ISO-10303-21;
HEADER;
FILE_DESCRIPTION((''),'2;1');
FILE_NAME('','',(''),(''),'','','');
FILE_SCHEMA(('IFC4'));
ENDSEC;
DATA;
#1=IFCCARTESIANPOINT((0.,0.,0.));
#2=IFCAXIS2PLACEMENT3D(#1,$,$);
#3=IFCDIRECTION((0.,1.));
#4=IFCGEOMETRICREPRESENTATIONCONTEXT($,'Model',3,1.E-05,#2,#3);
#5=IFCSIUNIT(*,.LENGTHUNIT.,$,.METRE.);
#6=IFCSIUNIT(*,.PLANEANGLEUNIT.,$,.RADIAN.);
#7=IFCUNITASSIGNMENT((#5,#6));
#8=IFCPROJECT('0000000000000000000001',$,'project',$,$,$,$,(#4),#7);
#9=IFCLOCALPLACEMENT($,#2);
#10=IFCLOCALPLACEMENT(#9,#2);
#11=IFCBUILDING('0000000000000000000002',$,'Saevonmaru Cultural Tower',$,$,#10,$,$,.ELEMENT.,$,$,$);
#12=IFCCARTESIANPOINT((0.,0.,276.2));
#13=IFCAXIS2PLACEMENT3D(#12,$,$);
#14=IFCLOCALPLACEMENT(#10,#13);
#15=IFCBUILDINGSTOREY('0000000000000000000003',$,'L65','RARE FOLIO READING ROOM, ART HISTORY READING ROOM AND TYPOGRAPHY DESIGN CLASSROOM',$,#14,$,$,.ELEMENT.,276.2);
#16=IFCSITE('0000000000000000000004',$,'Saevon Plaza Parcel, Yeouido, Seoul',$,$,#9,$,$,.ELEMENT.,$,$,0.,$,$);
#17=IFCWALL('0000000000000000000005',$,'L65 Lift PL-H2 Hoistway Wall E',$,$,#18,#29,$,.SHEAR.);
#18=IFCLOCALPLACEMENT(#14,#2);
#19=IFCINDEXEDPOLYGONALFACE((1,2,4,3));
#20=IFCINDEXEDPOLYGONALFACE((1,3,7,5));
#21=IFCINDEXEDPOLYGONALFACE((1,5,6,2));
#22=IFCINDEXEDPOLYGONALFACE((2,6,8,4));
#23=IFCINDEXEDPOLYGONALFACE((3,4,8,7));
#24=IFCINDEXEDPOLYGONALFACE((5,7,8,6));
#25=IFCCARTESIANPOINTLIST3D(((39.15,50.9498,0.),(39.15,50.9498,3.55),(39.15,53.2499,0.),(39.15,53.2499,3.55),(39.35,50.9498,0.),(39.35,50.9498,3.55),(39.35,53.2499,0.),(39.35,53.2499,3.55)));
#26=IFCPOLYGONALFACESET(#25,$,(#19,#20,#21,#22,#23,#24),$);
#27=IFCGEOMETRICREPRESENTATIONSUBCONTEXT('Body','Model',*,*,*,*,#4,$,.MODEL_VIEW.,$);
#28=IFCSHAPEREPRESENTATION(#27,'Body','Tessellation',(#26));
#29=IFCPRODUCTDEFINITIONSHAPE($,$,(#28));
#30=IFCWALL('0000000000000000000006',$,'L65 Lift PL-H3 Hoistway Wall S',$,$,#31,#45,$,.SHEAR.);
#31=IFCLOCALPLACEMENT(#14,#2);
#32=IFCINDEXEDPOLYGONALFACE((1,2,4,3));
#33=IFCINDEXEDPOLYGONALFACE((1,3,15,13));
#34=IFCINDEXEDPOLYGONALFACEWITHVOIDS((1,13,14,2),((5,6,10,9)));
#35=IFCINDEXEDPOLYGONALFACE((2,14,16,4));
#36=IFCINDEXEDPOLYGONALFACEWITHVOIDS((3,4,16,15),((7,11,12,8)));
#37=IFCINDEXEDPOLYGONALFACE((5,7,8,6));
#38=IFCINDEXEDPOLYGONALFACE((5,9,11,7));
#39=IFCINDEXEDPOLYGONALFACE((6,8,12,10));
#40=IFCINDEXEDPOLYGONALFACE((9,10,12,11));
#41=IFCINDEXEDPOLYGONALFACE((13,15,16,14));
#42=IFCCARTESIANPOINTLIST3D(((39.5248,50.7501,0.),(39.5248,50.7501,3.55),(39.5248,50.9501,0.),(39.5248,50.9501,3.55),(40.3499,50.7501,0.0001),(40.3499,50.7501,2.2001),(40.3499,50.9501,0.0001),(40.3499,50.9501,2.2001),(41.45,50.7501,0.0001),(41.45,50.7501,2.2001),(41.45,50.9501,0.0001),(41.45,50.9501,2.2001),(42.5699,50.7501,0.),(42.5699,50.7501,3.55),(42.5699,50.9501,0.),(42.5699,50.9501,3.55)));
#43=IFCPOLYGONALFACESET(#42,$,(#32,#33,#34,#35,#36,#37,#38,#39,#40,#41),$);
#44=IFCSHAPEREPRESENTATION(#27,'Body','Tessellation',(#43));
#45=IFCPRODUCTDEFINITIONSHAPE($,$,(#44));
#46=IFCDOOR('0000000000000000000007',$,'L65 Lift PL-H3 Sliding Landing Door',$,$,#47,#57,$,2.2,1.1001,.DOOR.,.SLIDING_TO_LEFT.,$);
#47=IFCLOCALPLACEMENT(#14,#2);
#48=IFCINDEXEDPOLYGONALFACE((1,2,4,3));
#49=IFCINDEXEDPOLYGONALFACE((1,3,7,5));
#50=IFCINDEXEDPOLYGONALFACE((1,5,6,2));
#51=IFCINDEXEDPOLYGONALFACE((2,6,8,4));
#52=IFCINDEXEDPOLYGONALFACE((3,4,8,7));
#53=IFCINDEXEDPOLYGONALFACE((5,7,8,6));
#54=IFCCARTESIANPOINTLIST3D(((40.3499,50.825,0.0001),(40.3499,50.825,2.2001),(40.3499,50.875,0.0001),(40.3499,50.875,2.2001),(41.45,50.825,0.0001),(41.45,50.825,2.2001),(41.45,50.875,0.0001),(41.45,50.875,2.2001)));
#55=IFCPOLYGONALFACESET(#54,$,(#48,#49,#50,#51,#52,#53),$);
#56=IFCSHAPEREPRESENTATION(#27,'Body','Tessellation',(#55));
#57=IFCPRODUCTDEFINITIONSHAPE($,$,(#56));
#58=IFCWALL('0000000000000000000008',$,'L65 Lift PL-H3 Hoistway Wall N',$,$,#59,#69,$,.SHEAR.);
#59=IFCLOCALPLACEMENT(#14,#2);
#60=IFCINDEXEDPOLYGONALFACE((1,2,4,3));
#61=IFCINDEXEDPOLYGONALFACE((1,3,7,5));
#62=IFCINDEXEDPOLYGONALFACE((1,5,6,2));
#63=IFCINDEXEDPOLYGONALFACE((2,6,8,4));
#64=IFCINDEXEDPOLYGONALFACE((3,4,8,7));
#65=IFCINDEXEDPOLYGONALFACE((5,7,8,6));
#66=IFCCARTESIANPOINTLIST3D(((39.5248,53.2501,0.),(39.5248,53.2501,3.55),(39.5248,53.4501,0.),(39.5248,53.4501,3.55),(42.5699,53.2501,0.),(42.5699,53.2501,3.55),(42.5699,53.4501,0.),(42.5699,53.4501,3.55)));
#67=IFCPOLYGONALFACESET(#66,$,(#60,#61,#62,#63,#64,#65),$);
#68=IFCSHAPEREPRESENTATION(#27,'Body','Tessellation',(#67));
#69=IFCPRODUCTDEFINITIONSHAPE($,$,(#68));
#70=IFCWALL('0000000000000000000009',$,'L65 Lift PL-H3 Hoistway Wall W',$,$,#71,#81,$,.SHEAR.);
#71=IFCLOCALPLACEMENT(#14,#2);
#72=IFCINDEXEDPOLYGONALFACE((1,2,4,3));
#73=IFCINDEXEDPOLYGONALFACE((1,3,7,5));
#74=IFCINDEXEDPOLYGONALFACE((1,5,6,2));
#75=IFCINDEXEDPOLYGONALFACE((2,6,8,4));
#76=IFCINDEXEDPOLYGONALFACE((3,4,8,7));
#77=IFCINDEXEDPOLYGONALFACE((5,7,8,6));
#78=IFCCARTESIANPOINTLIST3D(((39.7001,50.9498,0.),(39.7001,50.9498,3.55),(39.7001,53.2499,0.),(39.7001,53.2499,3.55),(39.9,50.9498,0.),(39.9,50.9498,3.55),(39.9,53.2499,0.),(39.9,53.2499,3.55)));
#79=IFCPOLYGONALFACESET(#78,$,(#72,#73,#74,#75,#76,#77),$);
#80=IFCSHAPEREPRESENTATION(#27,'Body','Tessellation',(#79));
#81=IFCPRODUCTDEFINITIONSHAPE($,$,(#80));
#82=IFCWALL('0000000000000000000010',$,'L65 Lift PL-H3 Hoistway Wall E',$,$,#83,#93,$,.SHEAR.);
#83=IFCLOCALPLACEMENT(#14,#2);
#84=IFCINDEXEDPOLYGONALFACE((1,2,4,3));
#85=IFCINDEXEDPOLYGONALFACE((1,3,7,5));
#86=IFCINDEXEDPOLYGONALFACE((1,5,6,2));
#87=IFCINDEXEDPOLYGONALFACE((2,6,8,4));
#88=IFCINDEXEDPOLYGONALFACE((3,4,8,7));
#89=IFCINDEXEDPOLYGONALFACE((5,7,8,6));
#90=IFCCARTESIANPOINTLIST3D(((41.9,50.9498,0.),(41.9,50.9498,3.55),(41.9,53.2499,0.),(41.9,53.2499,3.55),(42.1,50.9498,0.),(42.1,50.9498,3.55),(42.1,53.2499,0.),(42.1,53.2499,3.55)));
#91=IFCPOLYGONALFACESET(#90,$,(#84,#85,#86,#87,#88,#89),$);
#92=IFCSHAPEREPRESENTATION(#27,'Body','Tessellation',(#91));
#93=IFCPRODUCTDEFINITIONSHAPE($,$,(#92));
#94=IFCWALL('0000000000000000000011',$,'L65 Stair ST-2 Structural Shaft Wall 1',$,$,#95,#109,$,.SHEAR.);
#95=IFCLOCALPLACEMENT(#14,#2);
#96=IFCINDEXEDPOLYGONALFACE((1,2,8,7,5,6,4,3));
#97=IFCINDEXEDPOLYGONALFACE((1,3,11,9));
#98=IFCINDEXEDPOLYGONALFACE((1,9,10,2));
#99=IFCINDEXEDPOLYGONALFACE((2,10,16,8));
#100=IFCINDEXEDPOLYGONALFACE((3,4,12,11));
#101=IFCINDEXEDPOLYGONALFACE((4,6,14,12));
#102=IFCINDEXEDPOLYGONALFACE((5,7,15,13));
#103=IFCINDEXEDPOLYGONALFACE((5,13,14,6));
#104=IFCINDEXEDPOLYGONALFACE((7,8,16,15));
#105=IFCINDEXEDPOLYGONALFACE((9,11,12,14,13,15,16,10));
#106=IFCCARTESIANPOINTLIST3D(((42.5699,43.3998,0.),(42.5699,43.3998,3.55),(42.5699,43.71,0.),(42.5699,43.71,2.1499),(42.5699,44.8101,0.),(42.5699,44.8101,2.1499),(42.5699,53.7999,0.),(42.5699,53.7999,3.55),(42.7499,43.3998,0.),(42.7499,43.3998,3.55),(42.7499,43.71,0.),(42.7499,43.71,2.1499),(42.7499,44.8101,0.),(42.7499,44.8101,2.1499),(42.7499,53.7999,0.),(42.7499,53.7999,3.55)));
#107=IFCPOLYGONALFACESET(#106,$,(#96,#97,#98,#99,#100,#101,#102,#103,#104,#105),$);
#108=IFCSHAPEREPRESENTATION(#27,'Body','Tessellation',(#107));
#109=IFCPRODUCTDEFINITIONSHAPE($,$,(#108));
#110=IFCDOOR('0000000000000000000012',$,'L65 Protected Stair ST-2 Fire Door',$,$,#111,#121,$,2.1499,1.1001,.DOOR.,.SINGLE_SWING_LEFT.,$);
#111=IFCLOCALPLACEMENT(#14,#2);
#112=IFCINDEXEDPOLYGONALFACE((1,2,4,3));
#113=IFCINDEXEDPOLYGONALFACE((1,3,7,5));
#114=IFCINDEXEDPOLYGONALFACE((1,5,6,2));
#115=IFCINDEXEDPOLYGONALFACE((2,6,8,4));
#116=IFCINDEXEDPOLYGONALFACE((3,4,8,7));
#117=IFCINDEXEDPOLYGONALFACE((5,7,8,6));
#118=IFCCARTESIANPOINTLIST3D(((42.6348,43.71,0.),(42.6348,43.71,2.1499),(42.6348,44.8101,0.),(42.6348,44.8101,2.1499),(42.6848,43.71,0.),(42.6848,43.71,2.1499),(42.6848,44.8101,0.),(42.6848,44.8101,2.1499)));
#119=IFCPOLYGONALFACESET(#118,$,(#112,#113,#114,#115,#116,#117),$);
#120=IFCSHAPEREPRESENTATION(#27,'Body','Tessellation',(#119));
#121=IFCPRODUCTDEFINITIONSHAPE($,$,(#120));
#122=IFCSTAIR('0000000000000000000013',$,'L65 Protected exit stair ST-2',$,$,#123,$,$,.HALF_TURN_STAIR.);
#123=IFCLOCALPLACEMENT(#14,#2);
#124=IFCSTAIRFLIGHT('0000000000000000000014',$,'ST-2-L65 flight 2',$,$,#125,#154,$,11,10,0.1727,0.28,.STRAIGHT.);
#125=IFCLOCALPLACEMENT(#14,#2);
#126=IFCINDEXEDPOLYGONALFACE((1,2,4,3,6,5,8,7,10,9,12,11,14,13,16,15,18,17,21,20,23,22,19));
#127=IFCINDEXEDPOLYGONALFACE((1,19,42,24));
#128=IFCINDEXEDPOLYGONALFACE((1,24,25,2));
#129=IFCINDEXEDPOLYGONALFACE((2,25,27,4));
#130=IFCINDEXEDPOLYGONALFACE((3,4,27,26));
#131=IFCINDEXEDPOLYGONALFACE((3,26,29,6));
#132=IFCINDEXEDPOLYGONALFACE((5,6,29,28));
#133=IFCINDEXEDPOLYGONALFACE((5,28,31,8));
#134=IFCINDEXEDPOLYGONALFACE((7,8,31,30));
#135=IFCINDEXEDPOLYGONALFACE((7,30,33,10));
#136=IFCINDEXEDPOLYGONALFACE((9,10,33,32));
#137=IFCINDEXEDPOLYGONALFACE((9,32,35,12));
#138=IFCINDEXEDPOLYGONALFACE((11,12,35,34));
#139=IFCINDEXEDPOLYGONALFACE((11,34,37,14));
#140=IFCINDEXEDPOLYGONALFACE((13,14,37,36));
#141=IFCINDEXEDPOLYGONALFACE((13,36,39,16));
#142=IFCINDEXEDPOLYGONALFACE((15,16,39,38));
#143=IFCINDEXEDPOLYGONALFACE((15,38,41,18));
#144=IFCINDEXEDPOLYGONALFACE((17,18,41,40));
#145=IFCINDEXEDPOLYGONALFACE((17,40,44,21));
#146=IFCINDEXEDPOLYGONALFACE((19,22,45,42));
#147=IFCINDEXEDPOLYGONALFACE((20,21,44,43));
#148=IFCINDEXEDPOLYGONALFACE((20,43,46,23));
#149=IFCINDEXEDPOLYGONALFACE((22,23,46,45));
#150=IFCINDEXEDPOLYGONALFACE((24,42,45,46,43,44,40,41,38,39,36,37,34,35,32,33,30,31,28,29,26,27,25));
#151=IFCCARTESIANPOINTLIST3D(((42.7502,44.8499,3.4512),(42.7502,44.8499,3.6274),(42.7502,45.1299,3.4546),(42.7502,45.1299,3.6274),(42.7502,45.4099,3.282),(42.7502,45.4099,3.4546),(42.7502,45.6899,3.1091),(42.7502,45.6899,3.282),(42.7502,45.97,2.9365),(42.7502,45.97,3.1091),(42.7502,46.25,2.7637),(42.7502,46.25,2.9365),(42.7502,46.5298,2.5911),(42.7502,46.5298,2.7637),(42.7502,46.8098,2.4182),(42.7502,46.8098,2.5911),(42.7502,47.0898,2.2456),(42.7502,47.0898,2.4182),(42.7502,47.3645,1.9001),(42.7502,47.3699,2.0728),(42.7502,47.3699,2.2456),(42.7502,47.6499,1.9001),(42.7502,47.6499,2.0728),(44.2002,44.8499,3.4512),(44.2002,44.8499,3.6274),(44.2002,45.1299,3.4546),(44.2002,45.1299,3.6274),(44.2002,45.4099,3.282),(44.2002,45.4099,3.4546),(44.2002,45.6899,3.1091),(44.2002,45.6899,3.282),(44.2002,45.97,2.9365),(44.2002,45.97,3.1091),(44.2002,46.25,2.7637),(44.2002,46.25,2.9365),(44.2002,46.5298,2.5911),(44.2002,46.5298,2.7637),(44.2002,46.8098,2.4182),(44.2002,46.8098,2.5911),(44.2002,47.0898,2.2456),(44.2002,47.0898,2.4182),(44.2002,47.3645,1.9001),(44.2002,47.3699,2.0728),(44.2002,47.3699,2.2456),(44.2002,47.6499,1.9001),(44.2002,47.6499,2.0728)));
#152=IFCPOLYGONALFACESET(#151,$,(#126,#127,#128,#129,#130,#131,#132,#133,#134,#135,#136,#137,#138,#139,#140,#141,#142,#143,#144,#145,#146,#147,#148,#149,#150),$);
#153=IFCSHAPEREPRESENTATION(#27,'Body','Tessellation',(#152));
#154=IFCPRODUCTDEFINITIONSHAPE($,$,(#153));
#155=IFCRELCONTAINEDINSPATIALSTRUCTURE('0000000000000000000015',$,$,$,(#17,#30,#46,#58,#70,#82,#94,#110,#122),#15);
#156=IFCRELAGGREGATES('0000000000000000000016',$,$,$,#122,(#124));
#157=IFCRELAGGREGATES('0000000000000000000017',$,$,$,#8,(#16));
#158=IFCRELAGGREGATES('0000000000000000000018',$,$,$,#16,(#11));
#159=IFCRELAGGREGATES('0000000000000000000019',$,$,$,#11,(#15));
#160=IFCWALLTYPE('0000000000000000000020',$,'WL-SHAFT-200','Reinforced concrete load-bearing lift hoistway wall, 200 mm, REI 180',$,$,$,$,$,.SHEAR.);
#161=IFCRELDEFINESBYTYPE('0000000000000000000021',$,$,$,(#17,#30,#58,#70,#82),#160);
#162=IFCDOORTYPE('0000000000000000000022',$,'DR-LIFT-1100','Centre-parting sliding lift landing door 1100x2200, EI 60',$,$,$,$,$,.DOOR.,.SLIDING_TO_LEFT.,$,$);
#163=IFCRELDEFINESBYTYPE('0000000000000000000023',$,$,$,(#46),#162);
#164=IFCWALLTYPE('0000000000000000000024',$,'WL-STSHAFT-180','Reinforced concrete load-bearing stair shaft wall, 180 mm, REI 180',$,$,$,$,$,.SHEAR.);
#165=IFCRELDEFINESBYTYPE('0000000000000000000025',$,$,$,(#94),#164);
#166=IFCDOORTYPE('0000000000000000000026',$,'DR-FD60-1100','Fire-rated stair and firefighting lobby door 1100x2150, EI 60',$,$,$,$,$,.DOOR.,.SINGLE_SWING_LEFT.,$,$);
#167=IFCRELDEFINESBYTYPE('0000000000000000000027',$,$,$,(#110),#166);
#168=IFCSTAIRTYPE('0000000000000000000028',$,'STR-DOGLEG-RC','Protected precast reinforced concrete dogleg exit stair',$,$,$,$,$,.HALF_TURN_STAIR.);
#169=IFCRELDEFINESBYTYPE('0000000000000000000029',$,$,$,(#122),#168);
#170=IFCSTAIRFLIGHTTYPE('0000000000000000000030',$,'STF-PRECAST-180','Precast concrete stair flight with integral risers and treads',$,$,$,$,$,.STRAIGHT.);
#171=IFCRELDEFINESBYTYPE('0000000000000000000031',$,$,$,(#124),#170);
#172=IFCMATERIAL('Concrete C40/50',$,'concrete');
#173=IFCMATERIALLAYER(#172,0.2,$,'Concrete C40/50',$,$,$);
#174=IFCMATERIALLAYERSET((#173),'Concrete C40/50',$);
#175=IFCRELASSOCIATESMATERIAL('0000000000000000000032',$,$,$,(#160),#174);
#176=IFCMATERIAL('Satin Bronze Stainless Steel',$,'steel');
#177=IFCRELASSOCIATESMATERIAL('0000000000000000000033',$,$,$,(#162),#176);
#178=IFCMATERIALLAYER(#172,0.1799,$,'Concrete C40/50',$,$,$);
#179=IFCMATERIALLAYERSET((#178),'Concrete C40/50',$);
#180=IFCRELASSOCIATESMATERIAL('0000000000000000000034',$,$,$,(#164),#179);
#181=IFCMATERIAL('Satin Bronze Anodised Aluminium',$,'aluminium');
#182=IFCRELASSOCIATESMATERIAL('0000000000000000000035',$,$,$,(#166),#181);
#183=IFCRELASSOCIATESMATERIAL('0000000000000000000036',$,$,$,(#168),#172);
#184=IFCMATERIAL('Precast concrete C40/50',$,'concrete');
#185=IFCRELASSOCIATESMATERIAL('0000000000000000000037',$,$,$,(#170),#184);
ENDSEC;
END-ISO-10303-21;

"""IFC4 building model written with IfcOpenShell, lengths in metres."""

from ifc_helpers import new_model, si_unit, direction, frame, frame_2d, origin, place, context, subcontext, project, spatial, polyline, rectangle, outline, extrude, material, layer, layer_set, type_object, element, fill, aggregate, save


model = new_model("IFC4")

# Units and contexts
model_context = context("Model", 3, precision=1e-05, world=origin(), true_north=direction((0.0, 1.0)))
body_context = subcontext(model_context, "Body", "Model", "MODEL_VIEW")
ifc_project = project(units=[si_unit("LENGTHUNIT", "METRE"), si_unit("PLANEANGLEUNIT", "RADIAN")], contexts=[model_context])

# Site, building, storey
site_placement = place(None, origin())
site = spatial("IfcSite", under=ifc_project, at=site_placement, Name="Saevon Plaza Parcel, Yeouido, Seoul", CompositionType="ELEMENT", RefElevation=0.0)
building_placement = place(site_placement, origin())
building = spatial("IfcBuilding", under=site, at=building_placement, Name="Saevonmaru Cultural Tower", CompositionType="ELEMENT")
storey_placement = place(building_placement, frame((0.0, 0.0, 276.2)))
storey = spatial("IfcBuildingStorey", under=building, at=storey_placement, Name="L65", Description="RARE FOLIO READING ROOM, ART HISTORY READING ROOM AND TYPOGRAPHY DESIGN CLASSROOM", CompositionType="ELEMENT", Elevation=276.2)

# Shared definitions
ifc_material_1 = material(Name="Satin Bronze Anodised Aluminium", Category="aluminium")

# Shared definitions
ifc_material_2 = material(Name="Concrete C40/50", Category="concrete")
ifc_layer_1 = layer(ifc_material_2, 0.2, Name="Concrete C40/50")
ifc_layer_set_1 = layer_set([ifc_layer_1], Name="Concrete C40/50")
wall_type_1 = type_object("IfcWallType", Name="WL-SHAFT-200", Description="Reinforced concrete load-bearing lift hoistway wall, 200 mm, REI 180", PredefinedType="SHEAR", material=ifc_layer_set_1)
ifc_material_3 = material(Name="Satin Bronze Stainless Steel", Category="steel")
door_type_1 = type_object("IfcDoorType", Name="DR-LIFT-1100", Description="Centre-parting sliding lift landing door 1100x2200, EI 60", OperationType="SLIDING_TO_LEFT", PredefinedType="DOOR", material=ifc_material_3)

# Wall
for number, where, z_axis, x_axis, name in (
    (1, (39.25, 50.95, 0.0), (0.0, 0.0, 1.0), (0.0, 1.0, 0.0), "L65 Lift PL-H2 Hoistway Wall E"),
):
    element("IfcWall", number, at=place(storey_placement, frame(where, z_axis=z_axis, x_axis=x_axis)), inside=storey, type_object=wall_type_1, Name=name, PredefinedType="SHEAR", context=body_context, shape_type="SweptSolid", body=[
        extrude(rectangle(XDim=2.3, YDim=0.2, at=frame_2d((1.1499, 0.0))), origin(), (0.0, 0.0, 1.0), 3.55),
    ])

# Wall, opening, door
wall_1_placement = place(storey_placement, frame((39.5249, 50.8501, 0.0), z_axis=(0.0, 0.0, 1.0), x_axis=(1.0, 0.0, 0.0)))
wall_1 = element("IfcWall", 2, at=wall_1_placement, inside=storey, type_object=wall_type_1, Name="L65 Lift PL-H3 Hoistway Wall S", PredefinedType="SHEAR", context=body_context, shape_type="SweptSolid", body=[
    extrude(rectangle(XDim=3.0452, YDim=0.2, at=frame_2d((1.5225, 0.0))), origin(), (0.0, 0.0, 1.0), 3.55),
])
opening_1_placement = place(wall_1_placement, frame((0.825, 0.0, 0.0)))
opening_1 = element("IfcOpeningElement", 3, at=opening_1_placement, cuts=wall_1, PredefinedType="OPENING", context=body_context, shape_type="SweptSolid", body=[
    extrude(rectangle(XDim=1.1001, YDim=2.2, at=frame_2d((0.55, 1.1001))), frame((0.0, 0.1099, 0.0), z_axis=(0.0, -1.0, 0.0), x_axis=(1.0, 0.0, 0.0)), (0.0, 0.0, 1.0), 0.22),
])
door_1_placement = place(opening_1_placement, origin())
door_1 = element("IfcDoor", 4, at=door_1_placement, inside=storey, type_object=door_type_1, Name="L65 Lift PL-H3 Sliding Landing Door", OperationType="SLIDING_TO_LEFT", OverallHeight=2.2, OverallWidth=1.1001, PredefinedType="DOOR", context=body_context, shape_type="SweptSolid", body=[
    extrude(rectangle(XDim=1.1001, YDim=2.2, at=frame_2d((0.55, 1.1001))), frame((0.0, 0.0249, 0.0), z_axis=(0.0, -1.0, 0.0), x_axis=(1.0, 0.0, 0.0)), (0.0, 0.0, 1.0), 0.05),
])
fill(opening_1, door_1)

# Walls
wall_2_placement = place(storey_placement, frame((39.5249, 53.3501, 0.0), z_axis=(0.0, 0.0, 1.0), x_axis=(1.0, 0.0, 0.0)))
element("IfcWall", 5, at=wall_2_placement, inside=storey, type_object=wall_type_1, Name="L65 Lift PL-H3 Hoistway Wall N", PredefinedType="SHEAR", context=body_context, shape_type="SweptSolid", body=[
    extrude(rectangle(XDim=3.0452, YDim=0.2, at=frame_2d((1.5225, 0.0))), origin(), (0.0, 0.0, 1.0), 3.55),
])
for number, where, z_axis, x_axis, name in (
    (6, (39.8, 50.95, 0.0), (0.0, 0.0, 1.0), (0.0, 1.0, 0.0), "L65 Lift PL-H3 Hoistway Wall W"),
    (7, (42.0, 50.95, 0.0), (0.0, 0.0, 1.0), (0.0, 1.0, 0.0), "L65 Lift PL-H3 Hoistway Wall E"),
):
    element("IfcWall", number, at=place(storey_placement, frame(where, z_axis=z_axis, x_axis=x_axis)), inside=storey, type_object=wall_type_1, Name=name, PredefinedType="SHEAR", context=body_context, shape_type="SweptSolid", body=[
        extrude(rectangle(XDim=2.3, YDim=0.2, at=frame_2d((1.1499, 0.0))), origin(), (0.0, 0.0, 1.0), 3.55),
    ])

# Wall, opening, door
ifc_layer_2 = layer(ifc_material_2, 0.1799, Name="Concrete C40/50")
ifc_layer_set_2 = layer_set([ifc_layer_2], Name="Concrete C40/50")
wall_type_2 = type_object("IfcWallType", Name="WL-STSHAFT-180", Description="Reinforced concrete load-bearing stair shaft wall, 180 mm, REI 180", PredefinedType="SHEAR", material=ifc_layer_set_2)
wall_3_placement = place(storey_placement, frame((42.6599, 53.8, 0.0), z_axis=(0.0, 0.0, 1.0), x_axis=(0.0, -1.0, 0.0)))
wall_3 = element("IfcWall", 8, at=wall_3_placement, inside=storey, type_object=wall_type_2, Name="L65 Stair ST-2 Structural Shaft Wall 1", PredefinedType="SHEAR", context=body_context, shape_type="SweptSolid", body=[
    extrude(rectangle(XDim=10.4001, YDim=0.1799, at=frame_2d((5.2002, 0.0))), origin(), (0.0, 0.0, 1.0), 3.55),
])
opening_2_placement = place(wall_3_placement, frame((8.99, 0.0, 0.0)))
opening_2 = element("IfcOpeningElement", 9, at=opening_2_placement, cuts=wall_3, PredefinedType="OPENING", context=body_context, shape_type="SweptSolid", body=[
    extrude(rectangle(XDim=1.1001, YDim=2.1499, at=frame_2d((0.55, 1.075))), frame((0.0, 0.1001, 0.0), z_axis=(0.0, -1.0, 0.0), x_axis=(1.0, 0.0, 0.0)), (0.0, 0.0, 1.0), 0.2),
])
door_type_2 = type_object("IfcDoorType", Name="DR-FD60-1100", Description="Fire-rated stair and firefighting lobby door 1100x2150, EI 60", OperationType="SINGLE_SWING_LEFT", PredefinedType="DOOR", material=ifc_material_1)
door_2_placement = place(opening_2_placement, origin())
door_2 = element("IfcDoor", 10, at=door_2_placement, inside=storey, type_object=door_type_2, Name="L65 Protected Stair ST-2 Fire Door", OperationType="SINGLE_SWING_LEFT", OverallHeight=2.1499, OverallWidth=1.1001, PredefinedType="DOOR", context=body_context, shape_type="SweptSolid", body=[
    extrude(rectangle(XDim=1.1001, YDim=2.1499, at=frame_2d((0.55, 1.075))), frame((0.0, 0.0249, 0.0), z_axis=(0.0, -1.0, 0.0), x_axis=(1.0, 0.0, 0.0)), (0.0, 0.0, 1.0), 0.05),
])
fill(opening_2, door_2)

# Stair, stair flight
stair_type = type_object("IfcStairType", Name="STR-DOGLEG-RC", Description="Protected precast reinforced concrete dogleg exit stair", PredefinedType="HALF_TURN_STAIR", material=ifc_material_2)
stair_placement = place(storey_placement, origin())
stair = element("IfcStair", 11, at=stair_placement, inside=storey, type_object=stair_type, Name="L65 Protected exit stair ST-2", PredefinedType="HALF_TURN_STAIR")
ifc_material_4 = material(Name="Precast concrete C40/50", Category="concrete")
stair_flight_type = type_object("IfcStairFlightType", Name="STF-PRECAST-180", Description="Precast concrete stair flight with integral risers and treads", PredefinedType="STRAIGHT", material=ifc_material_4)
stair_flight_placement = place(storey_placement, frame((43.4751, 47.6499, 1.9001), z_axis=(0.0, 0.0, 1.0), x_axis=(0.0, -1.0, 0.0)))
stair_flight = element("IfcStairFlight", 12, at=stair_flight_placement, type_object=stair_flight_type, Name="ST-2-L65 flight 2", NumberOfRisers=11, NumberOfTreads=10, PredefinedType="STRAIGHT", RiserHeight=0.1727, TreadLength=0.28, context=body_context, shape_type="SweptSolid", body=[
    extrude(outline(polyline([(0.0, 0.0), (0.0, 0.1726), (0.28, 0.1726), (0.28, 0.3455), (0.5601, 0.3455), (0.5601, 0.5181), (0.8401, 0.5181), (0.8401, 0.6909), (1.1201, 0.6909), (1.1201, 0.8635), (1.3999, 0.8635), (1.3999, 1.0364), (1.6799, 1.0364), (1.6799, 1.209), (1.96, 1.209), (1.96, 1.3818), (2.24, 1.3818), (2.24, 1.5544), (2.52, 1.5544), (2.52, 1.7273), (2.8, 1.7273), (2.8, 1.8999), (2.8, 1.551), (0.2854, 0.0), (0.0, 0.0)])), frame((0.0, 0.7251, 0.0), z_axis=(0.0, -1.0, 0.0), x_axis=(1.0, 0.0, 0.0)), (0.0, 0.0, 1.0), 1.45),
])
aggregate(stair, [stair_flight])

save(model, "model.ifc")
